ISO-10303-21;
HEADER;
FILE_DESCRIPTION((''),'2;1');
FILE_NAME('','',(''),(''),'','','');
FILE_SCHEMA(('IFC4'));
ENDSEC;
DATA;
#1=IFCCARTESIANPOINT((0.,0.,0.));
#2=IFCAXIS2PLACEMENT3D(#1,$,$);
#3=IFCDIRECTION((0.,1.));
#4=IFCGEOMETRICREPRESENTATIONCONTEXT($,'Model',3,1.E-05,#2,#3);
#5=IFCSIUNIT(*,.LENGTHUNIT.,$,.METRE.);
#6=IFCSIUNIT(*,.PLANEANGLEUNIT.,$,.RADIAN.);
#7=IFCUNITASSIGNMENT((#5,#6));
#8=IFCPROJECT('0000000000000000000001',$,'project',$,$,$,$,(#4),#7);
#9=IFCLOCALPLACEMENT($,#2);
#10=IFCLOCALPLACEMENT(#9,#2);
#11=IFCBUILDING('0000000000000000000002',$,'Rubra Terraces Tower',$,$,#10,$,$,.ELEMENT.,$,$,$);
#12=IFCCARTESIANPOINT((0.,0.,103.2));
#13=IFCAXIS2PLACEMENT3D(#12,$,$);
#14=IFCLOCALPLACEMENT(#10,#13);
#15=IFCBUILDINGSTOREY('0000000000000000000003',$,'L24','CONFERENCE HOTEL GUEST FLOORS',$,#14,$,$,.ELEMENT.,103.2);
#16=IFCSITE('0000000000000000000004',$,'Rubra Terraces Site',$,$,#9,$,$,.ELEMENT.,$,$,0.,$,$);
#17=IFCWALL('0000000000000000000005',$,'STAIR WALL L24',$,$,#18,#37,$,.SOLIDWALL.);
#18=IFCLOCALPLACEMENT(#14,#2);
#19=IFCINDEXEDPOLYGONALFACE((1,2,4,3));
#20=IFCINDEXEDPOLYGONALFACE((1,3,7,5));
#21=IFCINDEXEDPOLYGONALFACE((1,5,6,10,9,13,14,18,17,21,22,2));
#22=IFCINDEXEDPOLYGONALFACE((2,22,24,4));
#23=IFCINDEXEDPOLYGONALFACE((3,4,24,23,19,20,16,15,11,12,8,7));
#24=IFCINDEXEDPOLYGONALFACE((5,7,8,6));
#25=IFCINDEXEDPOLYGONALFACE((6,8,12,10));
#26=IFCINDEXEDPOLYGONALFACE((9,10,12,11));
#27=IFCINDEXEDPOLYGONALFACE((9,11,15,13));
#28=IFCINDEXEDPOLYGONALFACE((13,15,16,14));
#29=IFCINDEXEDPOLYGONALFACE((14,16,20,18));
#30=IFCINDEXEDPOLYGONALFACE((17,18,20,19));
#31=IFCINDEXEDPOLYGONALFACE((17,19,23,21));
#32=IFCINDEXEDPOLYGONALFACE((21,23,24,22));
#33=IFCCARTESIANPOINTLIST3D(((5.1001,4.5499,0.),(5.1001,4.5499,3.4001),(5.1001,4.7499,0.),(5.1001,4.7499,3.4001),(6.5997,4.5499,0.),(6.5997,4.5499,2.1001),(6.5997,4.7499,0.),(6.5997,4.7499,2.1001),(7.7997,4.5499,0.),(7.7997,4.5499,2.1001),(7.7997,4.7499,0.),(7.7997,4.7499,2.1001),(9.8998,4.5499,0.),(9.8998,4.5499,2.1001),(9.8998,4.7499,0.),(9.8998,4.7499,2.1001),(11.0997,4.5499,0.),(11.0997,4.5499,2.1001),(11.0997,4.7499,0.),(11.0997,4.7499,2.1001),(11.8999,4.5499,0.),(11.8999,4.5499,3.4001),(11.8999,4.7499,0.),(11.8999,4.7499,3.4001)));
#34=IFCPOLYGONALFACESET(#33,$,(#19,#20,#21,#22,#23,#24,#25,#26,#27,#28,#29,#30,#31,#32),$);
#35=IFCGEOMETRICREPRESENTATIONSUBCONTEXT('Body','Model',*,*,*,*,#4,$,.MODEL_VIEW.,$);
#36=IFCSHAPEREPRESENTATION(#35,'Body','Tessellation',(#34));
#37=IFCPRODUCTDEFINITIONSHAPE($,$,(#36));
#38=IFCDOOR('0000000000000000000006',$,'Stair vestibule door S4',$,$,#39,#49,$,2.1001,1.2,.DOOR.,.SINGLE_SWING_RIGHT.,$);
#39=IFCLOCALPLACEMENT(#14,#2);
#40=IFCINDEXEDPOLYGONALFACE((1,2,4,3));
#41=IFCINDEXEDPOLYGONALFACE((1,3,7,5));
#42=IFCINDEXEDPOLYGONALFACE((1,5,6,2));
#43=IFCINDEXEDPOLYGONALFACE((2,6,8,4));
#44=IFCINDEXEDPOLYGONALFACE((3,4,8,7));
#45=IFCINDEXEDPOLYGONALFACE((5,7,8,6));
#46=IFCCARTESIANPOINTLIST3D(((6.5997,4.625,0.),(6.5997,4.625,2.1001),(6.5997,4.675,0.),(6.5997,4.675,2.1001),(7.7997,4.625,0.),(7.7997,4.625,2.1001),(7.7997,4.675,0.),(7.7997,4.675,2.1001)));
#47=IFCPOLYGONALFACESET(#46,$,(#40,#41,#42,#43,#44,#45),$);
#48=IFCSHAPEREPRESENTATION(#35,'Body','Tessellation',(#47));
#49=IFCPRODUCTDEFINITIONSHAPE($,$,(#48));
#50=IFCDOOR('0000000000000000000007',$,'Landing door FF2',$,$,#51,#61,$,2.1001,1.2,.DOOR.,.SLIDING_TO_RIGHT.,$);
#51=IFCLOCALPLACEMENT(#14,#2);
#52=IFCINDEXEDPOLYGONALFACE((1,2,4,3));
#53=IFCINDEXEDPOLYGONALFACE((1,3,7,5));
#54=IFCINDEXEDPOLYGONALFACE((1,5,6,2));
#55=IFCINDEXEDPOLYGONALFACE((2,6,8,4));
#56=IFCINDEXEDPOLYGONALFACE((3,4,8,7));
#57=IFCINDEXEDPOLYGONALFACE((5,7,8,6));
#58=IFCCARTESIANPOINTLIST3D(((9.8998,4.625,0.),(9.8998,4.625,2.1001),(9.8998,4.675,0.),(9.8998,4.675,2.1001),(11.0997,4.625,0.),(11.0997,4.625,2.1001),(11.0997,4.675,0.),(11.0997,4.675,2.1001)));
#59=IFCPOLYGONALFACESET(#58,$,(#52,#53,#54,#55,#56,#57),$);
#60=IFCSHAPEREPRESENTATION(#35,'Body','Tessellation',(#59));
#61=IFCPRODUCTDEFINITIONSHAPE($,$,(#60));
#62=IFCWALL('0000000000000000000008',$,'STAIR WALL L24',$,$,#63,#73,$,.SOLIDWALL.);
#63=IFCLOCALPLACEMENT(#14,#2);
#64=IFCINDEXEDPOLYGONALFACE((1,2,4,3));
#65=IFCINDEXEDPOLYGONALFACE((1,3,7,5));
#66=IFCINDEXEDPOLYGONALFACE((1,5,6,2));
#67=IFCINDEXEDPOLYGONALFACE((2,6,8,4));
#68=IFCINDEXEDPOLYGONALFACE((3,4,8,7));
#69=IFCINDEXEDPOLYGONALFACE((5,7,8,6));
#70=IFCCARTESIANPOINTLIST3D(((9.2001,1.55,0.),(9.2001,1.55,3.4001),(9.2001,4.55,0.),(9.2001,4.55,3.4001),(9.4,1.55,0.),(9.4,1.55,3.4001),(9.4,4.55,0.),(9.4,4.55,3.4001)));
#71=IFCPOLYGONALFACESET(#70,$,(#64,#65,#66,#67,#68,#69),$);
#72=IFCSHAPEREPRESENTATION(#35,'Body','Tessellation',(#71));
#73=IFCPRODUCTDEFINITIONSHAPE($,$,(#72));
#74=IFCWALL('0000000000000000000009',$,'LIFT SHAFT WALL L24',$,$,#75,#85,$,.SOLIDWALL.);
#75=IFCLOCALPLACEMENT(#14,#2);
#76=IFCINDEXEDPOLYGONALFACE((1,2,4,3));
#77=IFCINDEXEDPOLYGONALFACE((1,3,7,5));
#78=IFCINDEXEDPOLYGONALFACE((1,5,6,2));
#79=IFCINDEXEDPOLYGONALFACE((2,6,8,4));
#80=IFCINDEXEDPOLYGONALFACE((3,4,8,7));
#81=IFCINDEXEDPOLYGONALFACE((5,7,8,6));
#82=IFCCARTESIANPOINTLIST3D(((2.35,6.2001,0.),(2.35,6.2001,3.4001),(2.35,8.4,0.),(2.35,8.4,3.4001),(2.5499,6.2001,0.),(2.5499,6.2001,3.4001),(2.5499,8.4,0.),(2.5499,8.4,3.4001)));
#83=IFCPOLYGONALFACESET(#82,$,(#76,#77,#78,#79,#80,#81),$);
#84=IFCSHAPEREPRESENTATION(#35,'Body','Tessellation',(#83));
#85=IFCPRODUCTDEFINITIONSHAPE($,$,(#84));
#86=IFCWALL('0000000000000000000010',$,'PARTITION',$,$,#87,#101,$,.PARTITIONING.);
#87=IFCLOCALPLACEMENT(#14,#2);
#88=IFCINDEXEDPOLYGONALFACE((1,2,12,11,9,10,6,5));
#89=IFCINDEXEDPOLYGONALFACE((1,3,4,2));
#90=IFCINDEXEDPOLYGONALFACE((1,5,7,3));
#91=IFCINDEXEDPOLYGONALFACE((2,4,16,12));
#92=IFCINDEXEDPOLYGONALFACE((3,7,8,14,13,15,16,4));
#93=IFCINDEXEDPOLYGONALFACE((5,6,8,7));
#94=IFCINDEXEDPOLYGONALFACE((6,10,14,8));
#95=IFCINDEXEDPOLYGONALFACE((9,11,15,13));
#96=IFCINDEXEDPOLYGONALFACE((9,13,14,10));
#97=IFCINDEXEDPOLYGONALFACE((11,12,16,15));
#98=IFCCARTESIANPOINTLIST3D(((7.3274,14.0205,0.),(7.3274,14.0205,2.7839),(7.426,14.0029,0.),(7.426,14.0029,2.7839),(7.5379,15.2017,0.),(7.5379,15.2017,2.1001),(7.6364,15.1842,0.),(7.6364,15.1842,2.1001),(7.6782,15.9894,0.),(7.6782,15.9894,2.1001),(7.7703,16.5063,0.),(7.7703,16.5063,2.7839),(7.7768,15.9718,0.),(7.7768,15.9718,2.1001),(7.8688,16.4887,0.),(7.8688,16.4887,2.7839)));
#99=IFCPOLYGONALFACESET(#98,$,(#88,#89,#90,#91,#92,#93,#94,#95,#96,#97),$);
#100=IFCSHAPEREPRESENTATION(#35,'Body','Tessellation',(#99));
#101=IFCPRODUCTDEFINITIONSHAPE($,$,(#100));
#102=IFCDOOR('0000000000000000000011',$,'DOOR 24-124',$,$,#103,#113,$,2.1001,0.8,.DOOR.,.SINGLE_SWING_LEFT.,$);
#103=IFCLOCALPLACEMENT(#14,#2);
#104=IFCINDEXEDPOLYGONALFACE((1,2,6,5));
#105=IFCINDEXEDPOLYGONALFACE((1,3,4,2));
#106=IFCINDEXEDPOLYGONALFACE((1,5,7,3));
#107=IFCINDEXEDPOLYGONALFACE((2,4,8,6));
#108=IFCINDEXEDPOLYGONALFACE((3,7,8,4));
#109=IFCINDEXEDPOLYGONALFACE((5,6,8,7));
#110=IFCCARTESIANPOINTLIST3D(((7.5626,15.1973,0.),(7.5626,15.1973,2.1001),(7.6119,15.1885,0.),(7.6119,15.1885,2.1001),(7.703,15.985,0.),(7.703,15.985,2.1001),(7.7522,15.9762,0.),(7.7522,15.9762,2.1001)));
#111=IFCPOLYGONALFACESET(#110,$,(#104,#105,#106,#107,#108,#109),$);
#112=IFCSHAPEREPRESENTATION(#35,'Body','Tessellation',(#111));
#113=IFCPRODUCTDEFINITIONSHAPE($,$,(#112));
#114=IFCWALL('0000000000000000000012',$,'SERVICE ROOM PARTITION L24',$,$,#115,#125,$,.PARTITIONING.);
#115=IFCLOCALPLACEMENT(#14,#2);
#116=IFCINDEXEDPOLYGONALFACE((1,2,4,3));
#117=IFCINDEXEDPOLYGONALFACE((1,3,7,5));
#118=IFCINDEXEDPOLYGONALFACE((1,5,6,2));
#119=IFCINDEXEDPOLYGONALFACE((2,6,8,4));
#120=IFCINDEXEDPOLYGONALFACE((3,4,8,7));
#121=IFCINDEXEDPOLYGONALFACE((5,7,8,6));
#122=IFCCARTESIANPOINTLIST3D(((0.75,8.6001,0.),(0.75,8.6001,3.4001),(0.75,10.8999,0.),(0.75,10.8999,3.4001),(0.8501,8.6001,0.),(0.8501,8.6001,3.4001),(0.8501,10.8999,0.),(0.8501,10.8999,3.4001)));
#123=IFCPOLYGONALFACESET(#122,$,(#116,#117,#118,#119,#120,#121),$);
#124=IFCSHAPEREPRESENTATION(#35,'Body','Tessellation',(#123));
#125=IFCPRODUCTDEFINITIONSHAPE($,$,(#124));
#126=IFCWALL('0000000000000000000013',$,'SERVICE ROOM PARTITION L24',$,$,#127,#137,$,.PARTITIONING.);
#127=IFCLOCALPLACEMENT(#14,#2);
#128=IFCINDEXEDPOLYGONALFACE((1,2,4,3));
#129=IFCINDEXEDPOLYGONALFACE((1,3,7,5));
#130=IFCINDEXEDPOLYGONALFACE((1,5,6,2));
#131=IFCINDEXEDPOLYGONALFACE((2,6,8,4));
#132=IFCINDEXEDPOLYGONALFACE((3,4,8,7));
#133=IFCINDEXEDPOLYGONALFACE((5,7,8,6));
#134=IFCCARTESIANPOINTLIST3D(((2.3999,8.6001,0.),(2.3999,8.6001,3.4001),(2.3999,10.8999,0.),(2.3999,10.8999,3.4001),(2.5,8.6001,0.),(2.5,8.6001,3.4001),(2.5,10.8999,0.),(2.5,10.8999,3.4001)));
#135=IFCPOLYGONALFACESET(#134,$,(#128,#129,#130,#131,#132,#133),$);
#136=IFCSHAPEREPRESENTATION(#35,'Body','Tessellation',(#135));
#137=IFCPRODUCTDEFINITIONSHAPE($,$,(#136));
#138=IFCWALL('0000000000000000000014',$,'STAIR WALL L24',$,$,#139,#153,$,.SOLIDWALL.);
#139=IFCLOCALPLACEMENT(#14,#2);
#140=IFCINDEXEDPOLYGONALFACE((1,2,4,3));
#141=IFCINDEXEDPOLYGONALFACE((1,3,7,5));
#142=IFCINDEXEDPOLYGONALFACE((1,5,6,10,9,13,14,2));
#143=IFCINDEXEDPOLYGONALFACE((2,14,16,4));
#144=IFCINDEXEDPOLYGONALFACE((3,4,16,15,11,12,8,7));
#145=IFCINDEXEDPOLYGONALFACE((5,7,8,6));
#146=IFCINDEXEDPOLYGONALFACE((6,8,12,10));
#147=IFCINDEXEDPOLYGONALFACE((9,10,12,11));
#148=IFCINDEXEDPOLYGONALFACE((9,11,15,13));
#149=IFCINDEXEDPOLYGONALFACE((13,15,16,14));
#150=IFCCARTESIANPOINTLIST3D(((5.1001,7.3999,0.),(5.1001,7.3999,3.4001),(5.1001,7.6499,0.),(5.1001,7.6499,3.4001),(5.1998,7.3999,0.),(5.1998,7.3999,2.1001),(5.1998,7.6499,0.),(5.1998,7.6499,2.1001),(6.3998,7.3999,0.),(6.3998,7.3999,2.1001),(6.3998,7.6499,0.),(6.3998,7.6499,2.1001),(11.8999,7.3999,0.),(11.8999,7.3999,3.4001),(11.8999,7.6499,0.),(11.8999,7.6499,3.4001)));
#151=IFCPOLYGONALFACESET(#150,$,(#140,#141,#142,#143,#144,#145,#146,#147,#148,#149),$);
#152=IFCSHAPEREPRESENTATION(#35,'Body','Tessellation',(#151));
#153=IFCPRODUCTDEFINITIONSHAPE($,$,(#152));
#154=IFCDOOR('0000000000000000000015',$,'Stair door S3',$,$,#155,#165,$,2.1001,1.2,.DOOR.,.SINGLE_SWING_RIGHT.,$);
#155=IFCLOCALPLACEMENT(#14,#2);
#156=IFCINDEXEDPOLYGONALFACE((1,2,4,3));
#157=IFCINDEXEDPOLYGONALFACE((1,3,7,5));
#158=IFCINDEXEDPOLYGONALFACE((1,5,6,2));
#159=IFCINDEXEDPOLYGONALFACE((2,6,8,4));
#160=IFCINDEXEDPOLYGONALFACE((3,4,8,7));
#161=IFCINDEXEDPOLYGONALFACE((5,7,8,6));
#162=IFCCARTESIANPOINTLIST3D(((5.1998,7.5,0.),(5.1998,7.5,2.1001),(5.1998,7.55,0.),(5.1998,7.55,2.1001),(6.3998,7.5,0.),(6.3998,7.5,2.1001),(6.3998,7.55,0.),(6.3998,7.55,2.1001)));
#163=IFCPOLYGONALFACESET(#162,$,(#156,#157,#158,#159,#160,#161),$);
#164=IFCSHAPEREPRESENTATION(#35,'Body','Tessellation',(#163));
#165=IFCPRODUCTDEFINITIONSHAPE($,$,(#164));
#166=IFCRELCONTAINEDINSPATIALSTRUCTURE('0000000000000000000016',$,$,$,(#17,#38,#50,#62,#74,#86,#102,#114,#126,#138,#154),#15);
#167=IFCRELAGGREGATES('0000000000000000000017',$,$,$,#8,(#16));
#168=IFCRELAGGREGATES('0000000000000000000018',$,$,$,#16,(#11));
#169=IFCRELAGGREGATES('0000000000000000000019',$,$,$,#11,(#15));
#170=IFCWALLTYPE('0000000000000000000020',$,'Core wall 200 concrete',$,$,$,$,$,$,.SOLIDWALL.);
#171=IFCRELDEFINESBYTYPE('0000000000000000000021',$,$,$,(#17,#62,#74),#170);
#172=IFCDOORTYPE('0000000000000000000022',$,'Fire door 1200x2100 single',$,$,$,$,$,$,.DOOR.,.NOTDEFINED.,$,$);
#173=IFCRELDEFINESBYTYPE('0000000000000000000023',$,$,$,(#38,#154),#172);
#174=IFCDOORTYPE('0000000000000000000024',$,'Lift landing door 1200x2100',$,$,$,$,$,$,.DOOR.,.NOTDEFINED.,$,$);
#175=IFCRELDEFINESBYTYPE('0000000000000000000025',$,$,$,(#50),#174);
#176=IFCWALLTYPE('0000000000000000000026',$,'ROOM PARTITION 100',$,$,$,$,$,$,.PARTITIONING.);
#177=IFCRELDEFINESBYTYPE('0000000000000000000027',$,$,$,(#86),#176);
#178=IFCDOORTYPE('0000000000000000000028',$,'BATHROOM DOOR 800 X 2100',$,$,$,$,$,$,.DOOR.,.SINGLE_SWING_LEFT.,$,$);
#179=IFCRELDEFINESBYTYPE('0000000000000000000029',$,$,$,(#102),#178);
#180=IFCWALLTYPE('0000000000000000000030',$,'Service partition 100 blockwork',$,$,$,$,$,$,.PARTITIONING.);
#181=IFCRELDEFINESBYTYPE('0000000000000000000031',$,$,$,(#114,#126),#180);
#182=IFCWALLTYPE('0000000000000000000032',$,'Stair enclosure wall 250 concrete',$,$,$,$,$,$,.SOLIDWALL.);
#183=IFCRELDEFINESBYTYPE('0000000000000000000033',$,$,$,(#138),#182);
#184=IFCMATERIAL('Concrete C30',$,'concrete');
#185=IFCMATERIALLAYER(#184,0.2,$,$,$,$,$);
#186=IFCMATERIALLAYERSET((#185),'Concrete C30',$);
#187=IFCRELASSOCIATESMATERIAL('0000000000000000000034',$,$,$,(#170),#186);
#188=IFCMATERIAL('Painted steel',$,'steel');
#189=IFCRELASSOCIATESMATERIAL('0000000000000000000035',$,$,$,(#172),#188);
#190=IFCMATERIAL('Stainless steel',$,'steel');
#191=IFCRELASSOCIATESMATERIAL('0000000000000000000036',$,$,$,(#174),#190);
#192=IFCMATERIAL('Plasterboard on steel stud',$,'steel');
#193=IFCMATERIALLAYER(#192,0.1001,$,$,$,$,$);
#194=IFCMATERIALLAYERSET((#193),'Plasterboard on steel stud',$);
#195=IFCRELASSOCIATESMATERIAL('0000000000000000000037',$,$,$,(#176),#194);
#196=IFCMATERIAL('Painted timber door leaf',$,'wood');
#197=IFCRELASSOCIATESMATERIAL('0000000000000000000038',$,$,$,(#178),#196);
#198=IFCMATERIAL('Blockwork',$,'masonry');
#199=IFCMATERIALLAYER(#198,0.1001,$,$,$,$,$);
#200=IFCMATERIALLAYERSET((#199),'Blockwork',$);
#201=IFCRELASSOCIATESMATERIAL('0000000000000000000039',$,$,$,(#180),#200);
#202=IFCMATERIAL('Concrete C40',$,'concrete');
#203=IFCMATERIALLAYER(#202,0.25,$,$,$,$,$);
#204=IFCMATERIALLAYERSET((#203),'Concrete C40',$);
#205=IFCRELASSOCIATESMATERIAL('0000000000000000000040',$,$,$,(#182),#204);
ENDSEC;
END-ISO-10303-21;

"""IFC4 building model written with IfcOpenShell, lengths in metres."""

from ifc_helpers import new_model, si_unit, direction, frame, frame_2d, origin, place, context, subcontext, project, spatial, rectangle, extrude, material, layer, layer_set, type_object, element, fill, save


model = new_model("IFC4")

# Units and contexts
model_context = context("Model", 3, precision=1e-05, world=origin(), true_north=direction((0.0, 1.0)))
body_context = subcontext(model_context, "Body", "Model", "MODEL_VIEW")
ifc_project = project(units=[si_unit("LENGTHUNIT", "METRE"), si_unit("PLANEANGLEUNIT", "RADIAN")], contexts=[model_context])

# Site, building, storey
site_placement = place(None, origin())
site = spatial("IfcSite", under=ifc_project, at=site_placement, Name="Rubra Terraces Site", CompositionType="ELEMENT", RefElevation=0.0)
building_placement = place(site_placement, origin())
building = spatial("IfcBuilding", under=site, at=building_placement, Name="Rubra Terraces Tower", CompositionType="ELEMENT")
storey_placement = place(building_placement, frame((0.0, 0.0, 103.2)))
storey = spatial("IfcBuildingStorey", under=building, at=storey_placement, Name="L24", Description="CONFERENCE HOTEL GUEST FLOORS", CompositionType="ELEMENT", Elevation=103.2)

# Shared definitions
ifc_material_1 = material(Name="Painted timber door leaf", Category="wood")

# Shared definitions
ifc_material_2 = material(Name="Concrete C40", Category="concrete")

# Wall, openings, doors
ifc_material_3 = material(Name="Concrete C30", Category="concrete")
ifc_layer_1 = layer(ifc_material_3, 0.2)
ifc_layer_set_1 = layer_set([ifc_layer_1], Name="Concrete C30")
wall_type_1 = type_object("IfcWallType", Name="Core wall 200 concrete", PredefinedType="SOLIDWALL", material=ifc_layer_set_1)
wall_1_placement = place(storey_placement, frame((11.8999, 4.6499, 0.0), z_axis=(0.0, 0.0, 1.0), x_axis=(-1.0, 0.0, 0.0)))
wall_1 = element("IfcWall", 1, at=wall_1_placement, inside=storey, type_object=wall_type_1, Name="STAIR WALL L24", PredefinedType="SOLIDWALL", context=body_context, shape_type="SweptSolid", body=[
    extrude(rectangle(XDim=6.7998, YDim=0.2, at=frame_2d((3.3999, 0.0))), origin(), (0.0, 0.0, 1.0), 3.4001),
])
opening_1_placement = place(wall_1_placement, frame((4.1001, 0.0, 0.0)))
opening_1 = element("IfcOpeningElement", 2, at=opening_1_placement, cuts=wall_1, PredefinedType="OPENING", context=body_context, shape_type="SweptSolid", body=[
    extrude(rectangle(XDim=1.2, YDim=2.1001, at=frame_2d((0.6001, 1.05))), frame((0.0, 0.1099, 0.0), z_axis=(0.0, -1.0, 0.0), x_axis=(1.0, 0.0, 0.0)), (0.0, 0.0, 1.0), 0.22),
])
opening_2_placement = place(wall_1_placement, frame((0.8, 0.0, 0.0)))
opening_2 = element("IfcOpeningElement", 3, at=opening_2_placement, cuts=wall_1, PredefinedType="OPENING", context=body_context, shape_type="SweptSolid", body=[
    extrude(rectangle(XDim=1.2, YDim=2.1001, at=frame_2d((0.6001, 1.05))), frame((0.0, 0.1099, 0.0), z_axis=(0.0, -1.0, 0.0), x_axis=(1.0, 0.0, 0.0)), (0.0, 0.0, 1.0), 0.22),
])
ifc_material_4 = material(Name="Painted steel", Category="steel")
door_type_1 = type_object("IfcDoorType", Name="Fire door 1200x2100 single", OperationType="NOTDEFINED", PredefinedType="DOOR", material=ifc_material_4)
door_1_placement = place(opening_1_placement, origin())
door_1 = element("IfcDoor", 4, at=door_1_placement, inside=storey, type_object=door_type_1, Name="Stair vestibule door S4", OperationType="SINGLE_SWING_RIGHT", OverallHeight=2.1001, OverallWidth=1.2, PredefinedType="DOOR", context=body_context, shape_type="SweptSolid", body=[
    extrude(rectangle(XDim=1.2, YDim=2.1001, at=frame_2d((0.6001, 1.05))), frame((0.0, 0.0249, 0.0), z_axis=(0.0, -1.0, 0.0), x_axis=(1.0, 0.0, 0.0)), (0.0, 0.0, 1.0), 0.05),
])
fill(opening_1, door_1)
ifc_material_5 = material(Name="Stainless steel", Category="steel")
door_type_2 = type_object("IfcDoorType", Name="Lift landing door 1200x2100", OperationType="NOTDEFINED", PredefinedType="DOOR", material=ifc_material_5)
door_2_placement = place(opening_2_placement, origin())
door_2 = element("IfcDoor", 5, at=door_2_placement, inside=storey, type_object=door_type_2, Name="Landing door FF2", OperationType="SLIDING_TO_RIGHT", OverallHeight=2.1001, OverallWidth=1.2, PredefinedType="DOOR", context=body_context, shape_type="SweptSolid", body=[
    extrude(rectangle(XDim=1.2, YDim=2.1001, at=frame_2d((0.6001, 1.05))), frame((0.0, 0.0249, 0.0), z_axis=(0.0, -1.0, 0.0), x_axis=(1.0, 0.0, 0.0)), (0.0, 0.0, 1.0), 0.05),
])
fill(opening_2, door_2)

# Walls
wall_2_placement = place(storey_placement, frame((9.3, 4.55, 0.0), z_axis=(0.0, 0.0, 1.0), x_axis=(0.0, -1.0, 0.0)))
element("IfcWall", 6, at=wall_2_placement, inside=storey, type_object=wall_type_1, Name="STAIR WALL L24", PredefinedType="SOLIDWALL", context=body_context, shape_type="SweptSolid", body=[
    extrude(rectangle(XDim=3.0, YDim=0.2, at=frame_2d((1.5, 0.0))), origin(), (0.0, 0.0, 1.0), 3.4001),
])
wall_3_placement = place(storey_placement, frame((2.45, 6.2, 0.0), z_axis=(0.0, 0.0, 1.0), x_axis=(0.0, 1.0, 0.0)))
element("IfcWall", 7, at=wall_3_placement, inside=storey, type_object=wall_type_1, Name="LIFT SHAFT WALL L24", PredefinedType="SOLIDWALL", context=body_context, shape_type="SweptSolid", body=[
    extrude(rectangle(XDim=2.2, YDim=0.2, at=frame_2d((1.1001, 0.0))), origin(), (0.0, 0.0, 1.0), 3.4001),
])

# Wall, opening, door
ifc_material_6 = material(Name="Plasterboard on steel stud", Category="steel")
ifc_layer_2 = layer(ifc_material_6, 0.1001)
ifc_layer_set_2 = layer_set([ifc_layer_2], Name="Plasterboard on steel stud")
wall_type_2 = type_object("IfcWallType", Name="ROOM PARTITION 100", PredefinedType="PARTITIONING", material=ifc_layer_set_2)
wall_4_placement = place(storey_placement, frame((7.3767, 14.0117, 0.0), z_axis=(0.0, 0.0, 1.0), x_axis=(0.175396, 0.984498, 0.0)))
wall_4 = element("IfcWall", 8, at=wall_4_placement, inside=storey, type_object=wall_type_2, Name="PARTITION", PredefinedType="PARTITIONING", context=body_context, shape_type="SweptSolid", body=[
    extrude(rectangle(XDim=2.5249, YDim=0.1001, at=frame_2d((1.2625, 0.0))), origin(), (0.0, 0.0, 1.0), 2.7839),
])
opening_3_placement = place(wall_4_placement, frame((1.2, 0.0, 0.0)))
opening_3 = element("IfcOpeningElement", 9, at=opening_3_placement, cuts=wall_4, PredefinedType="OPENING", context=body_context, shape_type="SweptSolid", body=[
    extrude(rectangle(XDim=0.8, YDim=2.1001, at=frame_2d((0.3999, 1.05))), frame((0.0, 0.0601, 0.0), z_axis=(0.0, -1.0, 0.0), x_axis=(1.0, 0.0, 0.0)), (0.0, 0.0, 1.0), 0.1201),
])
door_type_3 = type_object("IfcDoorType", Name="BATHROOM DOOR 800 X 2100", OperationType="SINGLE_SWING_LEFT", PredefinedType="DOOR", material=ifc_material_1)
door_3_placement = place(opening_3_placement, origin())
door_3 = element("IfcDoor", 10, at=door_3_placement, inside=storey, type_object=door_type_3, Name="DOOR 24-124", OperationType="SINGLE_SWING_LEFT", OverallHeight=2.1001, OverallWidth=0.8, PredefinedType="DOOR", context=body_context, shape_type="SweptSolid", body=[
    extrude(rectangle(XDim=0.8, YDim=2.1001, at=frame_2d((0.3999, 1.05))), frame((0.0, 0.0249, 0.0), z_axis=(0.0, -1.0, 0.0), x_axis=(1.0, 0.0, 0.0)), (0.0, 0.0, 1.0), 0.05),
])
fill(opening_3, door_3)

# Walls
ifc_material_7 = material(Name="Blockwork", Category="masonry")
ifc_layer_3 = layer(ifc_material_7, 0.1001)
ifc_layer_set_3 = layer_set([ifc_layer_3], Name="Blockwork")
wall_type_3 = type_object("IfcWallType", Name="Service partition 100 blockwork", PredefinedType="PARTITIONING", material=ifc_layer_set_3)
for number, where, z_axis, x_axis, name in (
    (11, (0.8, 8.6001, 0.0), (0.0, 0.0, 1.0), (0.0, 1.0, 0.0), "SERVICE ROOM PARTITION L24"),
    (12, (2.45, 8.6001, 0.0), (0.0, 0.0, 1.0), (0.0, 1.0, 0.0), "SERVICE ROOM PARTITION L24"),
):
    element("IfcWall", number, at=place(storey_placement, frame(where, z_axis=z_axis, x_axis=x_axis)), inside=storey, type_object=wall_type_3, Name=name, PredefinedType="PARTITIONING", context=body_context, shape_type="SweptSolid", body=[
        extrude(rectangle(XDim=2.2998, YDim=0.1001, at=frame_2d((1.1499, 0.0))), origin(), (0.0, 0.0, 1.0), 3.4001),
    ])

# Wall, opening, door
ifc_layer_4 = layer(ifc_material_2, 0.25)
ifc_layer_set_4 = layer_set([ifc_layer_4], Name="Concrete C40")
wall_type_4 = type_object("IfcWallType", Name="Stair enclosure wall 250 concrete", PredefinedType="SOLIDWALL", material=ifc_layer_set_4)
wall_5_placement = place(storey_placement, frame((11.8999, 7.5249, 0.0), z_axis=(0.0, 0.0, 1.0), x_axis=(-1.0, 0.0, 0.0)))
wall_5 = element("IfcWall", 13, at=wall_5_placement, inside=storey, type_object=wall_type_4, Name="STAIR WALL L24", PredefinedType="SOLIDWALL", context=body_context, shape_type="SweptSolid", body=[
    extrude(rectangle(XDim=6.7998, YDim=0.25, at=frame_2d((3.3999, 0.0))), origin(), (0.0, 0.0, 1.0), 3.4001),
])
opening_4_placement = place(wall_5_placement, frame((5.5, 0.0, 0.0)))
opening_4 = element("IfcOpeningElement", 14, at=opening_4_placement, cuts=wall_5, PredefinedType="OPENING", context=body_context, shape_type="SweptSolid", body=[
    extrude(rectangle(XDim=1.2, YDim=2.1001, at=frame_2d((0.6001, 1.05))), frame((0.0, 0.135, 0.0), z_axis=(0.0, -1.0, 0.0), x_axis=(1.0, 0.0, 0.0)), (0.0, 0.0, 1.0), 0.27),
])
door_4_placement = place(opening_4_placement, origin())
door_4 = element("IfcDoor", 15, at=door_4_placement, inside=storey, type_object=door_type_1, Name="Stair door S3", OperationType="SINGLE_SWING_RIGHT", OverallHeight=2.1001, OverallWidth=1.2, PredefinedType="DOOR", context=body_context, shape_type="SweptSolid", body=[
    extrude(rectangle(XDim=1.2, YDim=2.1001, at=frame_2d((0.6001, 1.05))), frame((0.0, 0.0249, 0.0), z_axis=(0.0, -1.0, 0.0), x_axis=(1.0, 0.0, 0.0)), (0.0, 0.0, 1.0), 0.05),
])
fill(opening_4, door_4)

save(model, "model.ifc")
